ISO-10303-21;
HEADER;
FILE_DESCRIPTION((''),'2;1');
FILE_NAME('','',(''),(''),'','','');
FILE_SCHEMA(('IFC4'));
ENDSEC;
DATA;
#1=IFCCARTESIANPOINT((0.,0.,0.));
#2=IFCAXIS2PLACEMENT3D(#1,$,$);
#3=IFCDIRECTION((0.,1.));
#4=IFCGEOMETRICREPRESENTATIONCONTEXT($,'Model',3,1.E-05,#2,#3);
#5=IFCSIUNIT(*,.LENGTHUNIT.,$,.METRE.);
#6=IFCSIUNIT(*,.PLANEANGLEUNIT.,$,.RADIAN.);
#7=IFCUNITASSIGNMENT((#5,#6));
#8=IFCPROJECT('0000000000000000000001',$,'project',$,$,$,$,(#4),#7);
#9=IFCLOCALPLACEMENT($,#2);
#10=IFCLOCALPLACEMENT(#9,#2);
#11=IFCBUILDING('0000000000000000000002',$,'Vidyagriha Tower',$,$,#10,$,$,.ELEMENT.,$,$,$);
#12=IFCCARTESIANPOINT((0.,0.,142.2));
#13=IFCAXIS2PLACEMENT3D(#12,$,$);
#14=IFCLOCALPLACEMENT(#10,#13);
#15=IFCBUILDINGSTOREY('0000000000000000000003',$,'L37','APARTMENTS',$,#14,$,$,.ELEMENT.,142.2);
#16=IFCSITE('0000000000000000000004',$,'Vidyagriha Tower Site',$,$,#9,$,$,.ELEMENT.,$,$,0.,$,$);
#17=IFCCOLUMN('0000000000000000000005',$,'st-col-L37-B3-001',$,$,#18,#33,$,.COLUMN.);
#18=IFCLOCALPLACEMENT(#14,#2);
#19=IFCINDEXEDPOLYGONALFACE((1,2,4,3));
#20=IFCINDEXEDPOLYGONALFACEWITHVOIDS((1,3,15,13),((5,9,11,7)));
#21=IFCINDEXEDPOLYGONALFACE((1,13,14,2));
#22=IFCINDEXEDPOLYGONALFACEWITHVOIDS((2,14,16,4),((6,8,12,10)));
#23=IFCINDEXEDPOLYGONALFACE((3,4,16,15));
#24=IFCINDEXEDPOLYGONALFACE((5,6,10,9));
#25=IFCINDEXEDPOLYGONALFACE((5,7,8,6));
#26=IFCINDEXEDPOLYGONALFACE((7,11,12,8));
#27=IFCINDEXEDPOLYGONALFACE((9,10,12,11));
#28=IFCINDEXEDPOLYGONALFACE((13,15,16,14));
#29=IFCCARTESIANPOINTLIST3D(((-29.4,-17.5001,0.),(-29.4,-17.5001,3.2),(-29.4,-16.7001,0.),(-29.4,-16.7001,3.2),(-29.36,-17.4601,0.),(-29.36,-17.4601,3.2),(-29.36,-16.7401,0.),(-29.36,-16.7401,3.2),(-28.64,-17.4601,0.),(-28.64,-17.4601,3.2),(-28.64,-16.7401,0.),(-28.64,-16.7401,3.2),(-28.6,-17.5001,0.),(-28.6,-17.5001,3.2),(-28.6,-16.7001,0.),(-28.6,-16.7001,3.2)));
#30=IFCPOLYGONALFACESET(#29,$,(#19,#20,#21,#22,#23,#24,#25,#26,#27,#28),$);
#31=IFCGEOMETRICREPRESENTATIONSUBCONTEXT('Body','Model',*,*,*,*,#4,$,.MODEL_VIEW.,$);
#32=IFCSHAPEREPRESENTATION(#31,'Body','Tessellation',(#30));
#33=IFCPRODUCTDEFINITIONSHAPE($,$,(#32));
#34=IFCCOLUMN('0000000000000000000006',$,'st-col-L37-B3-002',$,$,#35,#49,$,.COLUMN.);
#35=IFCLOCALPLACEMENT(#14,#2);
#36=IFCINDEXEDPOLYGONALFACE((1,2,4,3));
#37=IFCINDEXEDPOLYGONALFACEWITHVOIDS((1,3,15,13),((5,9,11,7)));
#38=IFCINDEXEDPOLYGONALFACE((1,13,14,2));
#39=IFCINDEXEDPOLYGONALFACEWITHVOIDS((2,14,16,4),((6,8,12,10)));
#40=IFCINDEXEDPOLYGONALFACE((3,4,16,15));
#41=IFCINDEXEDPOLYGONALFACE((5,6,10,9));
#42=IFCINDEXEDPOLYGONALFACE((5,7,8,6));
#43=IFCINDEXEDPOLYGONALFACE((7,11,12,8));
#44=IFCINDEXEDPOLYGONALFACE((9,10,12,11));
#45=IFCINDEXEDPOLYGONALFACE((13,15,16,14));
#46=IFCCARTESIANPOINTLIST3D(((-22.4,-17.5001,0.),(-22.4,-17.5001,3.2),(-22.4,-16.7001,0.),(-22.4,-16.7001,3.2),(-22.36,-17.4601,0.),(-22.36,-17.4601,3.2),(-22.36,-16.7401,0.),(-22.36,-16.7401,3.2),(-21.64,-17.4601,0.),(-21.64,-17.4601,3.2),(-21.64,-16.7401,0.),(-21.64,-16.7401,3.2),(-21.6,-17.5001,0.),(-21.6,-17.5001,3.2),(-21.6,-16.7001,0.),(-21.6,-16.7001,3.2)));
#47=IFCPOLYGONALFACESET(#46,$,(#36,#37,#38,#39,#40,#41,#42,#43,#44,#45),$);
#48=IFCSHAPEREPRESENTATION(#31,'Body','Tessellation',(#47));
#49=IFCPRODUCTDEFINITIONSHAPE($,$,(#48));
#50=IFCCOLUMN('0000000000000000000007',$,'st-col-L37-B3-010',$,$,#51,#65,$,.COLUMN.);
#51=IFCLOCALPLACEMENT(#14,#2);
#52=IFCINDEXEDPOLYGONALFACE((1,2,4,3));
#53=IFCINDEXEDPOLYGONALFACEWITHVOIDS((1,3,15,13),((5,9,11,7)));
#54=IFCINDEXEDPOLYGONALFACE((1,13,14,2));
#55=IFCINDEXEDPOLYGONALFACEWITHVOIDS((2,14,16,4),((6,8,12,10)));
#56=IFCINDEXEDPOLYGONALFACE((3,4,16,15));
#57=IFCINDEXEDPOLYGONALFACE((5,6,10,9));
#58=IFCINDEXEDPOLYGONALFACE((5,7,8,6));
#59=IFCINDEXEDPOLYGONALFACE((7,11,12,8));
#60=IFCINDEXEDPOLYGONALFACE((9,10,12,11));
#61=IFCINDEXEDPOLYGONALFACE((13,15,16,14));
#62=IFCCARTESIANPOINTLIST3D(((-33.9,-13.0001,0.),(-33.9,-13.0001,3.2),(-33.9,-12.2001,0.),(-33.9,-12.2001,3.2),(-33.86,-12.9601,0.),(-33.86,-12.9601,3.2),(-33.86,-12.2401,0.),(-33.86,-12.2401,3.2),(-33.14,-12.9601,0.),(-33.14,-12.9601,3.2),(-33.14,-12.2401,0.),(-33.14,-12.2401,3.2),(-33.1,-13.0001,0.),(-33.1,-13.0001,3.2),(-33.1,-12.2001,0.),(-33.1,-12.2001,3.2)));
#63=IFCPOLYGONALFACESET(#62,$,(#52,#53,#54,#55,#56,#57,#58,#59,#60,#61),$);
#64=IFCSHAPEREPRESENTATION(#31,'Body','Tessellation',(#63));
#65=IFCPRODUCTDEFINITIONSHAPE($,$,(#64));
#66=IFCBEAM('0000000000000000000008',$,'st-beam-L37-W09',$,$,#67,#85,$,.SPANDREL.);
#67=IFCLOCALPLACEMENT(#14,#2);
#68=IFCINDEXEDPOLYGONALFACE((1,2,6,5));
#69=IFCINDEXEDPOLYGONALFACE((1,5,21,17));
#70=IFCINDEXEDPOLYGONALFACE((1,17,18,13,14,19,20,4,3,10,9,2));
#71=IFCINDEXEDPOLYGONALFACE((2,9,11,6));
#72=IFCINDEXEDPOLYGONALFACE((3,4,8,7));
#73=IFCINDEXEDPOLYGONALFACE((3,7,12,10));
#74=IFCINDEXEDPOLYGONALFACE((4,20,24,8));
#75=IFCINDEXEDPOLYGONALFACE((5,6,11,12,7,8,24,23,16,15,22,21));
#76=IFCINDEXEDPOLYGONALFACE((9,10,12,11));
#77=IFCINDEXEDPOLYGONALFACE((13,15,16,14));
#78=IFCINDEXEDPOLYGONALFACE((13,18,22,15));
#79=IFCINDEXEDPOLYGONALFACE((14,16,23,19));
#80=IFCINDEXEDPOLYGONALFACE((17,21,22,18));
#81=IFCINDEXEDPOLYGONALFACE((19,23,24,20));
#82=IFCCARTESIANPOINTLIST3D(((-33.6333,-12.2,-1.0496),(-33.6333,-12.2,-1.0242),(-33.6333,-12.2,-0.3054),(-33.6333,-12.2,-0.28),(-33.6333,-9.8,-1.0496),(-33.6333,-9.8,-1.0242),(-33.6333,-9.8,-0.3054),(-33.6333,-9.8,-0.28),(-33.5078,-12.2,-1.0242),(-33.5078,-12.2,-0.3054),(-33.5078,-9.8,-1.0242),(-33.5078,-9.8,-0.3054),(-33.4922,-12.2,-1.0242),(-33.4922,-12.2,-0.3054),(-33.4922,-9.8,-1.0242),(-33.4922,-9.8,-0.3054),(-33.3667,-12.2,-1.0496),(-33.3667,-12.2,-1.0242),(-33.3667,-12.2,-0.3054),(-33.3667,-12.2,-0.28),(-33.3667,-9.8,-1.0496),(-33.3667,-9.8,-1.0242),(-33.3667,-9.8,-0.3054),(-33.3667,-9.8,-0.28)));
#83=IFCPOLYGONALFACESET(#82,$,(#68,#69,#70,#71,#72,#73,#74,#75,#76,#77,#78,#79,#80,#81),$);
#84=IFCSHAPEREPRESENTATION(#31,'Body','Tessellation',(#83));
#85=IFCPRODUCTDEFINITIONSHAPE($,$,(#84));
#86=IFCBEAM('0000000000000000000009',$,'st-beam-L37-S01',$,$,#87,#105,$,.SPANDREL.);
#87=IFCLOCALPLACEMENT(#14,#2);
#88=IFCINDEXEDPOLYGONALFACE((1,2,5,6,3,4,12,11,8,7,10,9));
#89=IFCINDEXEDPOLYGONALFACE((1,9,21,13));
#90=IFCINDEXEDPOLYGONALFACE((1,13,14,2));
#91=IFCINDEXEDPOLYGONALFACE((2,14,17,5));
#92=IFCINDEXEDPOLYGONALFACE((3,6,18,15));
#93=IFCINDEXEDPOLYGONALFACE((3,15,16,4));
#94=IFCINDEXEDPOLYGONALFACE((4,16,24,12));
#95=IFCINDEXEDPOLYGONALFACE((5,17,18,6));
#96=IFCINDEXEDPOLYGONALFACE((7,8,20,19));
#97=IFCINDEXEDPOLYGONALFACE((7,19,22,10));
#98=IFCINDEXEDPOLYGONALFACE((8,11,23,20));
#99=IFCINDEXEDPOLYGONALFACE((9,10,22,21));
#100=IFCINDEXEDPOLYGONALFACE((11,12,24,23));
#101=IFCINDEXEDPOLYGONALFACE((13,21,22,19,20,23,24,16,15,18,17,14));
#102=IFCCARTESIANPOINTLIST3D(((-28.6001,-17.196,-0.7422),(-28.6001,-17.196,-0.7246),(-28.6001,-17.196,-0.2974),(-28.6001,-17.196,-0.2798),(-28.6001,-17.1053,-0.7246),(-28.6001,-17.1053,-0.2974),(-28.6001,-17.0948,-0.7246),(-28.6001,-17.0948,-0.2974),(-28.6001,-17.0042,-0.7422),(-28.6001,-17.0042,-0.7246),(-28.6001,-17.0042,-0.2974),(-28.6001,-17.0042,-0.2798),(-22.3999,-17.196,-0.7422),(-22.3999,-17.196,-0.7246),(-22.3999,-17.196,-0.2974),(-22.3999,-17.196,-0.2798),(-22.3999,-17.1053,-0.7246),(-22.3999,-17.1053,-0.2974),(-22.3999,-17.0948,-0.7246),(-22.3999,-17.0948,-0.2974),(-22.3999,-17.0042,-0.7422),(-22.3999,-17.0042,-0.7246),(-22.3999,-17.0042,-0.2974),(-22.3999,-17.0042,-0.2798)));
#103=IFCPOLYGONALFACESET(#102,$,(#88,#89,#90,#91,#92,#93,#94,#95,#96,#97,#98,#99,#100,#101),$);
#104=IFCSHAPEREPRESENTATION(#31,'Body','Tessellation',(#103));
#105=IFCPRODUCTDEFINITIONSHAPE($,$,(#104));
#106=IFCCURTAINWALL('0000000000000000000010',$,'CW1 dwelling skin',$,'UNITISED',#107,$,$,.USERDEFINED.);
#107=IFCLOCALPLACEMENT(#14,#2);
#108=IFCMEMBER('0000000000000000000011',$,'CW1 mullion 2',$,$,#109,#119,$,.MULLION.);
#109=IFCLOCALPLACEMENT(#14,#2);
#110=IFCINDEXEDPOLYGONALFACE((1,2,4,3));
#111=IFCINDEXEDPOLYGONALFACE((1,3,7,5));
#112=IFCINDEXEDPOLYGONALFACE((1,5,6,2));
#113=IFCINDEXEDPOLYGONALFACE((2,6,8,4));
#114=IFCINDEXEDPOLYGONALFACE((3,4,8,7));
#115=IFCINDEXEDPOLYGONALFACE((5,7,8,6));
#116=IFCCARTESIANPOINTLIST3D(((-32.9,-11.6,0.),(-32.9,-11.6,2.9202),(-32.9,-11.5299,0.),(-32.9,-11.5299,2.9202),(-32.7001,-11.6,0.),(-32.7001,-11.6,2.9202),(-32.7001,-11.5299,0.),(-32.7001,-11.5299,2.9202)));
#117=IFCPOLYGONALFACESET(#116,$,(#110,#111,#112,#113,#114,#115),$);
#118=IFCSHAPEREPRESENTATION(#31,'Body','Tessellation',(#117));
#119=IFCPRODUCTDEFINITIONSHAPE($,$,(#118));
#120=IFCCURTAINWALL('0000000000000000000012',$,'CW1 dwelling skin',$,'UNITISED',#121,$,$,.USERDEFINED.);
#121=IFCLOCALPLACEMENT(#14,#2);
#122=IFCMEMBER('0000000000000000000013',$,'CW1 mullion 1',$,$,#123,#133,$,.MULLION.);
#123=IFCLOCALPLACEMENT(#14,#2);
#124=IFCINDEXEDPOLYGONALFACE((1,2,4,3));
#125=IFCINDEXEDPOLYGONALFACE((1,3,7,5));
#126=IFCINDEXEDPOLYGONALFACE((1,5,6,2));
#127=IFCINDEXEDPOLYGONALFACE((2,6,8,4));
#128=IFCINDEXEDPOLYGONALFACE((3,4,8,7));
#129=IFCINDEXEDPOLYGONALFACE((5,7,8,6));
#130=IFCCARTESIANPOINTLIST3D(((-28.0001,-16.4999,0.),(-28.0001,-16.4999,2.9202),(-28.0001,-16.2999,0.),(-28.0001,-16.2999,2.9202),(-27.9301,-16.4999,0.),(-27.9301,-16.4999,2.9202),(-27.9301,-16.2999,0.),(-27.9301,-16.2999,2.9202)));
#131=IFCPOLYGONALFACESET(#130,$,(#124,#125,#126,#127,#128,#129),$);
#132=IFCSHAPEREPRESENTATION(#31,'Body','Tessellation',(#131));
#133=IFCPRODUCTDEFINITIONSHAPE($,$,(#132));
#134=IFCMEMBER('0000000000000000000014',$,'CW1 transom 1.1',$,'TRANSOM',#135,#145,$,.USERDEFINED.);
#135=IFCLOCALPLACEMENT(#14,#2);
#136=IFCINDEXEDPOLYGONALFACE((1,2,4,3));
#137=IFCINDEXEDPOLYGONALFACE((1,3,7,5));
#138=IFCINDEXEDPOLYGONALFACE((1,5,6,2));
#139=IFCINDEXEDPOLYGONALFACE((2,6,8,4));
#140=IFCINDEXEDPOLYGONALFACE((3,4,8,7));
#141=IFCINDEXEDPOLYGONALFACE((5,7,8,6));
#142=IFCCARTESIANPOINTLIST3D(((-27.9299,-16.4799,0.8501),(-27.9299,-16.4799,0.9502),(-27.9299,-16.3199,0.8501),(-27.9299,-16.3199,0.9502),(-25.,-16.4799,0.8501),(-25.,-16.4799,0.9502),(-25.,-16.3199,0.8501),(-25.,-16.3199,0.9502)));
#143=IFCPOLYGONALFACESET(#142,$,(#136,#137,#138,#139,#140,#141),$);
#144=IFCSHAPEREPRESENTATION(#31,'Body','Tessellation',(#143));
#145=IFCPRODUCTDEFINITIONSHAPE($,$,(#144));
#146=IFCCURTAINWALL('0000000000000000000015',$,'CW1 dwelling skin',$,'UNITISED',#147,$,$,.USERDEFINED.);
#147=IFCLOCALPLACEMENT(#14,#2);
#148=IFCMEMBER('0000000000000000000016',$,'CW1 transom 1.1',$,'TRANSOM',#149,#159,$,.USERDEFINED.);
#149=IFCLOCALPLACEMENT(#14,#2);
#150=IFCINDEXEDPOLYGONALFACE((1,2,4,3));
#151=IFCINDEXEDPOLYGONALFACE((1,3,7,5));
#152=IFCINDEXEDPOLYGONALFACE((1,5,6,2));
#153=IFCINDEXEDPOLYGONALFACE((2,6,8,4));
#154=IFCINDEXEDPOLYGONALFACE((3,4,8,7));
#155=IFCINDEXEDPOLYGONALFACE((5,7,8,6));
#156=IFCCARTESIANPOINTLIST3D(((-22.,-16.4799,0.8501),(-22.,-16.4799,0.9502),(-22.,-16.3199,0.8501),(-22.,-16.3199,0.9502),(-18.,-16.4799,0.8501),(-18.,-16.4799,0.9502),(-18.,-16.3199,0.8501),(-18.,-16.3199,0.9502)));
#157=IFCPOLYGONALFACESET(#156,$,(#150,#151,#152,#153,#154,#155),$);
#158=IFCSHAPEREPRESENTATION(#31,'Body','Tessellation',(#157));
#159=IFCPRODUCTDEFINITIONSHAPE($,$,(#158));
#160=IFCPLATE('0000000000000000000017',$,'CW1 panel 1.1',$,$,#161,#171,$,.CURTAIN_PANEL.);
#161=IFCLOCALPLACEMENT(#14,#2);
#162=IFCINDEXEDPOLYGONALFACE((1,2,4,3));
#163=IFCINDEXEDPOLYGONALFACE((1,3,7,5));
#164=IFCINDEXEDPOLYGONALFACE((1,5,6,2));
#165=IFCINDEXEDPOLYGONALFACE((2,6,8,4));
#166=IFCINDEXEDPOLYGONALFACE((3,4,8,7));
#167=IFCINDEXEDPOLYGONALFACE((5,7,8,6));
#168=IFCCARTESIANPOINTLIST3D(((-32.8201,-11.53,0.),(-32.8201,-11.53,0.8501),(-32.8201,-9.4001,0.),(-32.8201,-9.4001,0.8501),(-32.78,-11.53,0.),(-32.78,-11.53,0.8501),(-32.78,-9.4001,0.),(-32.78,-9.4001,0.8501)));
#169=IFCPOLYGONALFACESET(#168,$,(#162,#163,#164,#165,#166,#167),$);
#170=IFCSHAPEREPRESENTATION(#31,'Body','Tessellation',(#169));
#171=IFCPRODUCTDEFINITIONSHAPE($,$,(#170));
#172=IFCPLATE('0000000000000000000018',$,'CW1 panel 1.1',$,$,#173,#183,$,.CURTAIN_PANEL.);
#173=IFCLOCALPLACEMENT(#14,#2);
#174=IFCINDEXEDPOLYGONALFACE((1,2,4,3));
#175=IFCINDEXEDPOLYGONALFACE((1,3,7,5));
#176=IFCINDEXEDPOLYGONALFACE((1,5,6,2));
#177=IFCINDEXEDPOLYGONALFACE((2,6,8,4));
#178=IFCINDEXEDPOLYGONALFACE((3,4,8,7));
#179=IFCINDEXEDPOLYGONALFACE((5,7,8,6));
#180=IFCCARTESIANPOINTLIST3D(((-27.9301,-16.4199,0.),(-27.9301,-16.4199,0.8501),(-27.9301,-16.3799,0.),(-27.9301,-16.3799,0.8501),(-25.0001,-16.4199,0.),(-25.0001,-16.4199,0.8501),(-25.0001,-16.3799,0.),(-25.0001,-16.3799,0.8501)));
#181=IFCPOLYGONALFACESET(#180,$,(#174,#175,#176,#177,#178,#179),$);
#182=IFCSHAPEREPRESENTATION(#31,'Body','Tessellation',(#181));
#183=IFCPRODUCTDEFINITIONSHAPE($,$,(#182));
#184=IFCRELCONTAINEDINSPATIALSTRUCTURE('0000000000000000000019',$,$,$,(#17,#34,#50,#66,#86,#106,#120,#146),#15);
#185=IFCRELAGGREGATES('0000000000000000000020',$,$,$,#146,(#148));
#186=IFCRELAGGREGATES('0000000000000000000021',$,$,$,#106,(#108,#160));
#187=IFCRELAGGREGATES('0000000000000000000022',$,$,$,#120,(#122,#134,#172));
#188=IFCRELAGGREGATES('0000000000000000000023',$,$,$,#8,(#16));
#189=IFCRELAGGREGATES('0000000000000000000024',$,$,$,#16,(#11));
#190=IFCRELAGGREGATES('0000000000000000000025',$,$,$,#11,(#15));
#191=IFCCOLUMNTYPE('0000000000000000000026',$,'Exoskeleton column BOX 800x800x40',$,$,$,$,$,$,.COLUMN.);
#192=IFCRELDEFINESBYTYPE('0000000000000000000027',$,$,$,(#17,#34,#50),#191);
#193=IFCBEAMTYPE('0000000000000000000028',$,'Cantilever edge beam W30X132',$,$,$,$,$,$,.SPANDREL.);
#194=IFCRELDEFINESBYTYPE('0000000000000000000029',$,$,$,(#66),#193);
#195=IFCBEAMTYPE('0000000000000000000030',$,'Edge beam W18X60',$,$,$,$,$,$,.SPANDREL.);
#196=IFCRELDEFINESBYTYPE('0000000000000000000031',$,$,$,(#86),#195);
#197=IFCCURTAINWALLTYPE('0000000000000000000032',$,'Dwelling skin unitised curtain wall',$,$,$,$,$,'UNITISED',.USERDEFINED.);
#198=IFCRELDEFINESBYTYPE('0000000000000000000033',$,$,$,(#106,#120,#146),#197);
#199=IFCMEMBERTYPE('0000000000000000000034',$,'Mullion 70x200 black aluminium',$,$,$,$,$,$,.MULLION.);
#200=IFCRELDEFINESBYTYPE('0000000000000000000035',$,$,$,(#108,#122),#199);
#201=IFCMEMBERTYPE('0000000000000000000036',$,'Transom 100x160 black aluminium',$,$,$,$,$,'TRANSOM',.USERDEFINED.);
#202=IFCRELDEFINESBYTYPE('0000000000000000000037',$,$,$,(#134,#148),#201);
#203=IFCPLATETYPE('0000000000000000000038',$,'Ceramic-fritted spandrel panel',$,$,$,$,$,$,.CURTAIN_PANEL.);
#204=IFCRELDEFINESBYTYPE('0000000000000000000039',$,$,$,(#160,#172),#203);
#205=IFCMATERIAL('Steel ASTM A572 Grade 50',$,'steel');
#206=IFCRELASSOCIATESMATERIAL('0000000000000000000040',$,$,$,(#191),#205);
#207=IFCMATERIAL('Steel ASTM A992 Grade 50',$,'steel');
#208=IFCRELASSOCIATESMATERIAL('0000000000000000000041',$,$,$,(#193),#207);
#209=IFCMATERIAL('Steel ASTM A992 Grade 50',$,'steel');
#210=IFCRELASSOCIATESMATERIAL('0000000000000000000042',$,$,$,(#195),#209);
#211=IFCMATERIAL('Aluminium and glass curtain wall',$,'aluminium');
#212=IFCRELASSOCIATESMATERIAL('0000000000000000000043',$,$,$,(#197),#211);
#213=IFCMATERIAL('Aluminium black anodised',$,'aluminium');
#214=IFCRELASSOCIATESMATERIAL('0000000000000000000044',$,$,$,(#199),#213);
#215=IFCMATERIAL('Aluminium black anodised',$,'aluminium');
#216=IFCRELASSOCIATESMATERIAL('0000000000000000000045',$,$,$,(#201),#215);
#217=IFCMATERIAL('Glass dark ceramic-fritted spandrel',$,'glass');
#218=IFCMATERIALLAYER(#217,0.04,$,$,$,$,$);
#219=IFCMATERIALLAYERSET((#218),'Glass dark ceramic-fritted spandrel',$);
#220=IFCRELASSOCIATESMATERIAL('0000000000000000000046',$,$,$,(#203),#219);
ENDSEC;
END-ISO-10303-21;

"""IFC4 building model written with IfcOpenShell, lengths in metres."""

from ifc_helpers import new_model, si_unit, direction, frame, origin, origin_2d, place, context, subcontext, project, spatial, rectangle, hollow_rectangle, i_section, extrude, material, layer, layer_set, material_profile, profile_set, type_object, element, aggregate, save


model = new_model("IFC4")

# Units and contexts
model_context = context("Model", 3, precision=1e-05, world=origin(), true_north=direction((0.0, 1.0)))
body_context = subcontext(model_context, "Body", "Model", "MODEL_VIEW")
ifc_project = project(units=[si_unit("LENGTHUNIT", "METRE"), si_unit("PLANEANGLEUNIT", "RADIAN")], contexts=[model_context])

# Site, building, storey
site_placement = place(None, origin())
site = spatial("IfcSite", under=ifc_project, at=site_placement, Name="Vidyagriha Tower Site", CompositionType="ELEMENT", RefElevation=0.0)
building_placement = place(site_placement, origin())
building = spatial("IfcBuilding", under=site, at=building_placement, Name="Vidyagriha Tower", CompositionType="ELEMENT")
storey_placement = place(building_placement, frame((0.0, 0.0, 142.2)))
storey = spatial("IfcBuildingStorey", under=building, at=storey_placement, Name="L37", Description="APARTMENTS", CompositionType="ELEMENT", Elevation=142.2)

# Columns
ifc_material_1 = material(Name="Steel ASTM A572 Grade 50", Category="steel")
ifc_material_profile_1 = material_profile(ifc_material_1, hollow_rectangle(XDim=0.8, YDim=0.8, WallThickness=0.04, at=origin_2d()), Name="BOX 800x800x40")
ifc_profile_set_1 = profile_set([ifc_material_profile_1], Name="Steel ASTM A572 Grade 50")
column_type = type_object("IfcColumnType", Name="Exoskeleton column BOX 800x800x40", PredefinedType="COLUMN", material=ifc_profile_set_1)
for number, where, name in (
    (1, (-29.0, -17.1001, 0.0), "st-col-L37-B3-001"),
    (2, (-22.0, -17.1001, 0.0), "st-col-L37-B3-002"),
    (3, (-33.5, -12.6001, 0.0), "st-col-L37-B3-010"),
):
    element("IfcColumn", number, at=place(storey_placement, frame(where)), inside=storey, type_object=column_type, Name=name, PredefinedType="COLUMN", context=body_context, shape_type="SweptSolid", body=[
        extrude(hollow_rectangle(XDim=0.8, YDim=0.8, WallThickness=0.04, at=origin_2d()), origin(), (0.0, 0.0, 1.0), 3.2),
    ])

# Beams
ifc_material_2 = material(Name="Steel ASTM A992 Grade 50", Category="steel")
ifc_material_profile_2 = material_profile(ifc_material_2, i_section(OverallWidth=0.2666, OverallDepth=0.7695, WebThickness=0.0156, FlangeThickness=0.0254, at=origin_2d()), Name="W30X132")
ifc_profile_set_2 = profile_set([ifc_material_profile_2], Name="Steel ASTM A992 Grade 50")
beam_type_1 = type_object("IfcBeamType", Name="Cantilever edge beam W30X132", PredefinedType="SPANDREL", material=ifc_profile_set_2)
beam_1_placement = place(storey_placement, frame((-33.5, -12.2, -0.6648), z_axis=(0.0, 1.0, 0.0), x_axis=(-1.0, 0.0, 0.0)))
element("IfcBeam", 4, at=beam_1_placement, inside=storey, type_object=beam_type_1, Name="st-beam-L37-W09", PredefinedType="SPANDREL", context=body_context, shape_type="SweptSolid", body=[
    extrude(i_section(OverallWidth=0.2666, OverallDepth=0.7695, WebThickness=0.0156, FlangeThickness=0.0254, at=origin_2d()), origin(), (0.0, 0.0, 1.0), 2.3999),
])
ifc_material_3 = material(Name="Steel ASTM A992 Grade 50", Category="steel")
ifc_material_profile_3 = material_profile(ifc_material_3, i_section(OverallWidth=0.1919, OverallDepth=0.4624, WebThickness=0.0105, FlangeThickness=0.0176, at=origin_2d()), Name="W18X60")
ifc_profile_set_3 = profile_set([ifc_material_profile_3], Name="Steel ASTM A992 Grade 50")
beam_type_2 = type_object("IfcBeamType", Name="Edge beam W18X60", PredefinedType="SPANDREL", material=ifc_profile_set_3)
beam_2_placement = place(storey_placement, frame((-28.6001, -17.1001, -0.511), z_axis=(1.0, 0.0, 0.0), x_axis=(0.0, 1.0, 0.0)))
element("IfcBeam", 5, at=beam_2_placement, inside=storey, type_object=beam_type_2, Name="st-beam-L37-S01", PredefinedType="SPANDREL", context=body_context, shape_type="SweptSolid", body=[
    extrude(i_section(OverallWidth=0.1919, OverallDepth=0.4624, WebThickness=0.0105, FlangeThickness=0.0176, at=origin_2d()), origin(), (0.0, 0.0, 1.0), 6.2002),
])

# Curtain wall, member
ifc_material_4 = material(Name="Aluminium and glass curtain wall", Category="aluminium")
curtain_wall_type = type_object("IfcCurtainWallType", Name="Dwelling skin unitised curtain wall", ElementType="UNITISED", PredefinedType="USERDEFINED", material=ifc_material_4)
curtain_wall_1_placement = place(storey_placement, origin())
curtain_wall_1 = element("IfcCurtainWall", 6, at=curtain_wall_1_placement, inside=storey, type_object=curtain_wall_type, Name="CW1 dwelling skin", ObjectType="UNITISED", PredefinedType="USERDEFINED")
ifc_material_5 = material(Name="Aluminium black anodised", Category="aluminium")
ifc_material_profile_4 = material_profile(ifc_material_5, rectangle(XDim=0.2, YDim=0.0701, at=origin_2d()), Name="Mullion 70x200 black aluminium")
ifc_profile_set_4 = profile_set([ifc_material_profile_4], Name="Aluminium black anodised")
member_type_1 = type_object("IfcMemberType", Name="Mullion 70x200 black aluminium", PredefinedType="MULLION", material=ifc_profile_set_4)
member_1_placement = place(storey_placement, frame((-32.8, -11.5649, 0.0)))
member_1 = element("IfcMember", 7, at=member_1_placement, type_object=member_type_1, Name="CW1 mullion 2", PredefinedType="MULLION", context=body_context, shape_type="SweptSolid", body=[
    extrude(rectangle(XDim=0.2, YDim=0.0701, at=origin_2d()), origin(), (0.0, 0.0, 1.0), 2.9202),
])

# Curtain wall, members
curtain_wall_2_placement = place(storey_placement, origin())
curtain_wall_2 = element("IfcCurtainWall", 8, at=curtain_wall_2_placement, inside=storey, type_object=curtain_wall_type, Name="CW1 dwelling skin", ObjectType="UNITISED", PredefinedType="USERDEFINED")
member_2_placement = place(storey_placement, frame((-27.9651, -16.3999, 0.0), z_axis=(0.0, 0.0, 1.0), x_axis=(0.0, 1.0, 0.0)))
member_2 = element("IfcMember", 9, at=member_2_placement, type_object=member_type_1, Name="CW1 mullion 1", PredefinedType="MULLION", context=body_context, shape_type="SweptSolid", body=[
    extrude(rectangle(XDim=0.2, YDim=0.0701, at=origin_2d()), origin(), (0.0, 0.0, 1.0), 2.9202),
])
ifc_material_6 = material(Name="Aluminium black anodised", Category="aluminium")
ifc_material_profile_5 = material_profile(ifc_material_6, rectangle(XDim=0.1599, YDim=0.1001, at=origin_2d()), Name="Transom 100x160 black aluminium")
ifc_profile_set_5 = profile_set([ifc_material_profile_5], Name="Aluminium black anodised")
member_type_2 = type_object("IfcMemberType", Name="Transom 100x160 black aluminium", ElementType="TRANSOM", PredefinedType="USERDEFINED", material=ifc_profile_set_5)
member_3_placement = place(storey_placement, frame((-27.9299, -16.3999, 0.9001), z_axis=(1.0, 0.0, 0.0), x_axis=(0.0, 1.0, 0.0)))
member_3 = element("IfcMember", 10, at=member_3_placement, type_object=member_type_2, Name="CW1 transom 1.1", ObjectType="TRANSOM", PredefinedType="USERDEFINED", context=body_context, shape_type="SweptSolid", body=[
    extrude(rectangle(XDim=0.1599, YDim=0.1001, at=origin_2d()), origin(), (0.0, 0.0, 1.0), 2.9299),
])

# Curtain wall, member
curtain_wall_3_placement = place(storey_placement, origin())
curtain_wall_3 = element("IfcCurtainWall", 11, at=curtain_wall_3_placement, inside=storey, type_object=curtain_wall_type, Name="CW1 dwelling skin", ObjectType="UNITISED", PredefinedType="USERDEFINED")
member_4_placement = place(storey_placement, frame((-22.0, -16.3999, 0.9001), z_axis=(1.0, 0.0, 0.0), x_axis=(0.0, 1.0, 0.0)))
member_4 = element("IfcMember", 12, at=member_4_placement, type_object=member_type_2, Name="CW1 transom 1.1", ObjectType="TRANSOM", PredefinedType="USERDEFINED", context=body_context, shape_type="SweptSolid", body=[
    extrude(rectangle(XDim=0.1599, YDim=0.1001, at=origin_2d()), origin(), (0.0, 0.0, 1.0), 4.0),
])
aggregate(curtain_wall_3, [member_4])

# Plates
ifc_material_7 = material(Name="Glass dark ceramic-fritted spandrel", Category="glass")
ifc_layer_1 = layer(ifc_material_7, 0.04)
ifc_layer_set_1 = layer_set([ifc_layer_1], Name="Glass dark ceramic-fritted spandrel")
plate_type_1 = type_object("IfcPlateType", Name="Ceramic-fritted spandrel panel", PredefinedType="CURTAIN_PANEL", material=ifc_layer_set_1)
plate_1_placement = place(storey_placement, frame((-32.8, -10.4651, 0.0), z_axis=(0.0, 0.0, 1.0), x_axis=(0.0, -1.0, 0.0)))
plate_1 = element("IfcPlate", 13, at=plate_1_placement, type_object=plate_type_1, Name="CW1 panel 1.1", PredefinedType="CURTAIN_PANEL", context=body_context, shape_type="SweptSolid", body=[
    extrude(rectangle(XDim=2.1299, YDim=0.04, at=origin_2d()), origin(), (0.0, 0.0, 1.0), 0.8501),
])
aggregate(curtain_wall_1, [member_1, plate_1])
plate_2_placement = place(storey_placement, frame((-26.4651, -16.3999, 0.0)))
plate_2 = element("IfcPlate", 14, at=plate_2_placement, type_object=plate_type_1, Name="CW1 panel 1.1", PredefinedType="CURTAIN_PANEL", context=body_context, shape_type="SweptSolid", body=[
    extrude(rectangle(XDim=2.9299, YDim=0.04, at=origin_2d()), origin(), (0.0, 0.0, 1.0), 0.8501),
])
aggregate(curtain_wall_2, [member_2, member_3, plate_2])

save(model, "model.ifc")
